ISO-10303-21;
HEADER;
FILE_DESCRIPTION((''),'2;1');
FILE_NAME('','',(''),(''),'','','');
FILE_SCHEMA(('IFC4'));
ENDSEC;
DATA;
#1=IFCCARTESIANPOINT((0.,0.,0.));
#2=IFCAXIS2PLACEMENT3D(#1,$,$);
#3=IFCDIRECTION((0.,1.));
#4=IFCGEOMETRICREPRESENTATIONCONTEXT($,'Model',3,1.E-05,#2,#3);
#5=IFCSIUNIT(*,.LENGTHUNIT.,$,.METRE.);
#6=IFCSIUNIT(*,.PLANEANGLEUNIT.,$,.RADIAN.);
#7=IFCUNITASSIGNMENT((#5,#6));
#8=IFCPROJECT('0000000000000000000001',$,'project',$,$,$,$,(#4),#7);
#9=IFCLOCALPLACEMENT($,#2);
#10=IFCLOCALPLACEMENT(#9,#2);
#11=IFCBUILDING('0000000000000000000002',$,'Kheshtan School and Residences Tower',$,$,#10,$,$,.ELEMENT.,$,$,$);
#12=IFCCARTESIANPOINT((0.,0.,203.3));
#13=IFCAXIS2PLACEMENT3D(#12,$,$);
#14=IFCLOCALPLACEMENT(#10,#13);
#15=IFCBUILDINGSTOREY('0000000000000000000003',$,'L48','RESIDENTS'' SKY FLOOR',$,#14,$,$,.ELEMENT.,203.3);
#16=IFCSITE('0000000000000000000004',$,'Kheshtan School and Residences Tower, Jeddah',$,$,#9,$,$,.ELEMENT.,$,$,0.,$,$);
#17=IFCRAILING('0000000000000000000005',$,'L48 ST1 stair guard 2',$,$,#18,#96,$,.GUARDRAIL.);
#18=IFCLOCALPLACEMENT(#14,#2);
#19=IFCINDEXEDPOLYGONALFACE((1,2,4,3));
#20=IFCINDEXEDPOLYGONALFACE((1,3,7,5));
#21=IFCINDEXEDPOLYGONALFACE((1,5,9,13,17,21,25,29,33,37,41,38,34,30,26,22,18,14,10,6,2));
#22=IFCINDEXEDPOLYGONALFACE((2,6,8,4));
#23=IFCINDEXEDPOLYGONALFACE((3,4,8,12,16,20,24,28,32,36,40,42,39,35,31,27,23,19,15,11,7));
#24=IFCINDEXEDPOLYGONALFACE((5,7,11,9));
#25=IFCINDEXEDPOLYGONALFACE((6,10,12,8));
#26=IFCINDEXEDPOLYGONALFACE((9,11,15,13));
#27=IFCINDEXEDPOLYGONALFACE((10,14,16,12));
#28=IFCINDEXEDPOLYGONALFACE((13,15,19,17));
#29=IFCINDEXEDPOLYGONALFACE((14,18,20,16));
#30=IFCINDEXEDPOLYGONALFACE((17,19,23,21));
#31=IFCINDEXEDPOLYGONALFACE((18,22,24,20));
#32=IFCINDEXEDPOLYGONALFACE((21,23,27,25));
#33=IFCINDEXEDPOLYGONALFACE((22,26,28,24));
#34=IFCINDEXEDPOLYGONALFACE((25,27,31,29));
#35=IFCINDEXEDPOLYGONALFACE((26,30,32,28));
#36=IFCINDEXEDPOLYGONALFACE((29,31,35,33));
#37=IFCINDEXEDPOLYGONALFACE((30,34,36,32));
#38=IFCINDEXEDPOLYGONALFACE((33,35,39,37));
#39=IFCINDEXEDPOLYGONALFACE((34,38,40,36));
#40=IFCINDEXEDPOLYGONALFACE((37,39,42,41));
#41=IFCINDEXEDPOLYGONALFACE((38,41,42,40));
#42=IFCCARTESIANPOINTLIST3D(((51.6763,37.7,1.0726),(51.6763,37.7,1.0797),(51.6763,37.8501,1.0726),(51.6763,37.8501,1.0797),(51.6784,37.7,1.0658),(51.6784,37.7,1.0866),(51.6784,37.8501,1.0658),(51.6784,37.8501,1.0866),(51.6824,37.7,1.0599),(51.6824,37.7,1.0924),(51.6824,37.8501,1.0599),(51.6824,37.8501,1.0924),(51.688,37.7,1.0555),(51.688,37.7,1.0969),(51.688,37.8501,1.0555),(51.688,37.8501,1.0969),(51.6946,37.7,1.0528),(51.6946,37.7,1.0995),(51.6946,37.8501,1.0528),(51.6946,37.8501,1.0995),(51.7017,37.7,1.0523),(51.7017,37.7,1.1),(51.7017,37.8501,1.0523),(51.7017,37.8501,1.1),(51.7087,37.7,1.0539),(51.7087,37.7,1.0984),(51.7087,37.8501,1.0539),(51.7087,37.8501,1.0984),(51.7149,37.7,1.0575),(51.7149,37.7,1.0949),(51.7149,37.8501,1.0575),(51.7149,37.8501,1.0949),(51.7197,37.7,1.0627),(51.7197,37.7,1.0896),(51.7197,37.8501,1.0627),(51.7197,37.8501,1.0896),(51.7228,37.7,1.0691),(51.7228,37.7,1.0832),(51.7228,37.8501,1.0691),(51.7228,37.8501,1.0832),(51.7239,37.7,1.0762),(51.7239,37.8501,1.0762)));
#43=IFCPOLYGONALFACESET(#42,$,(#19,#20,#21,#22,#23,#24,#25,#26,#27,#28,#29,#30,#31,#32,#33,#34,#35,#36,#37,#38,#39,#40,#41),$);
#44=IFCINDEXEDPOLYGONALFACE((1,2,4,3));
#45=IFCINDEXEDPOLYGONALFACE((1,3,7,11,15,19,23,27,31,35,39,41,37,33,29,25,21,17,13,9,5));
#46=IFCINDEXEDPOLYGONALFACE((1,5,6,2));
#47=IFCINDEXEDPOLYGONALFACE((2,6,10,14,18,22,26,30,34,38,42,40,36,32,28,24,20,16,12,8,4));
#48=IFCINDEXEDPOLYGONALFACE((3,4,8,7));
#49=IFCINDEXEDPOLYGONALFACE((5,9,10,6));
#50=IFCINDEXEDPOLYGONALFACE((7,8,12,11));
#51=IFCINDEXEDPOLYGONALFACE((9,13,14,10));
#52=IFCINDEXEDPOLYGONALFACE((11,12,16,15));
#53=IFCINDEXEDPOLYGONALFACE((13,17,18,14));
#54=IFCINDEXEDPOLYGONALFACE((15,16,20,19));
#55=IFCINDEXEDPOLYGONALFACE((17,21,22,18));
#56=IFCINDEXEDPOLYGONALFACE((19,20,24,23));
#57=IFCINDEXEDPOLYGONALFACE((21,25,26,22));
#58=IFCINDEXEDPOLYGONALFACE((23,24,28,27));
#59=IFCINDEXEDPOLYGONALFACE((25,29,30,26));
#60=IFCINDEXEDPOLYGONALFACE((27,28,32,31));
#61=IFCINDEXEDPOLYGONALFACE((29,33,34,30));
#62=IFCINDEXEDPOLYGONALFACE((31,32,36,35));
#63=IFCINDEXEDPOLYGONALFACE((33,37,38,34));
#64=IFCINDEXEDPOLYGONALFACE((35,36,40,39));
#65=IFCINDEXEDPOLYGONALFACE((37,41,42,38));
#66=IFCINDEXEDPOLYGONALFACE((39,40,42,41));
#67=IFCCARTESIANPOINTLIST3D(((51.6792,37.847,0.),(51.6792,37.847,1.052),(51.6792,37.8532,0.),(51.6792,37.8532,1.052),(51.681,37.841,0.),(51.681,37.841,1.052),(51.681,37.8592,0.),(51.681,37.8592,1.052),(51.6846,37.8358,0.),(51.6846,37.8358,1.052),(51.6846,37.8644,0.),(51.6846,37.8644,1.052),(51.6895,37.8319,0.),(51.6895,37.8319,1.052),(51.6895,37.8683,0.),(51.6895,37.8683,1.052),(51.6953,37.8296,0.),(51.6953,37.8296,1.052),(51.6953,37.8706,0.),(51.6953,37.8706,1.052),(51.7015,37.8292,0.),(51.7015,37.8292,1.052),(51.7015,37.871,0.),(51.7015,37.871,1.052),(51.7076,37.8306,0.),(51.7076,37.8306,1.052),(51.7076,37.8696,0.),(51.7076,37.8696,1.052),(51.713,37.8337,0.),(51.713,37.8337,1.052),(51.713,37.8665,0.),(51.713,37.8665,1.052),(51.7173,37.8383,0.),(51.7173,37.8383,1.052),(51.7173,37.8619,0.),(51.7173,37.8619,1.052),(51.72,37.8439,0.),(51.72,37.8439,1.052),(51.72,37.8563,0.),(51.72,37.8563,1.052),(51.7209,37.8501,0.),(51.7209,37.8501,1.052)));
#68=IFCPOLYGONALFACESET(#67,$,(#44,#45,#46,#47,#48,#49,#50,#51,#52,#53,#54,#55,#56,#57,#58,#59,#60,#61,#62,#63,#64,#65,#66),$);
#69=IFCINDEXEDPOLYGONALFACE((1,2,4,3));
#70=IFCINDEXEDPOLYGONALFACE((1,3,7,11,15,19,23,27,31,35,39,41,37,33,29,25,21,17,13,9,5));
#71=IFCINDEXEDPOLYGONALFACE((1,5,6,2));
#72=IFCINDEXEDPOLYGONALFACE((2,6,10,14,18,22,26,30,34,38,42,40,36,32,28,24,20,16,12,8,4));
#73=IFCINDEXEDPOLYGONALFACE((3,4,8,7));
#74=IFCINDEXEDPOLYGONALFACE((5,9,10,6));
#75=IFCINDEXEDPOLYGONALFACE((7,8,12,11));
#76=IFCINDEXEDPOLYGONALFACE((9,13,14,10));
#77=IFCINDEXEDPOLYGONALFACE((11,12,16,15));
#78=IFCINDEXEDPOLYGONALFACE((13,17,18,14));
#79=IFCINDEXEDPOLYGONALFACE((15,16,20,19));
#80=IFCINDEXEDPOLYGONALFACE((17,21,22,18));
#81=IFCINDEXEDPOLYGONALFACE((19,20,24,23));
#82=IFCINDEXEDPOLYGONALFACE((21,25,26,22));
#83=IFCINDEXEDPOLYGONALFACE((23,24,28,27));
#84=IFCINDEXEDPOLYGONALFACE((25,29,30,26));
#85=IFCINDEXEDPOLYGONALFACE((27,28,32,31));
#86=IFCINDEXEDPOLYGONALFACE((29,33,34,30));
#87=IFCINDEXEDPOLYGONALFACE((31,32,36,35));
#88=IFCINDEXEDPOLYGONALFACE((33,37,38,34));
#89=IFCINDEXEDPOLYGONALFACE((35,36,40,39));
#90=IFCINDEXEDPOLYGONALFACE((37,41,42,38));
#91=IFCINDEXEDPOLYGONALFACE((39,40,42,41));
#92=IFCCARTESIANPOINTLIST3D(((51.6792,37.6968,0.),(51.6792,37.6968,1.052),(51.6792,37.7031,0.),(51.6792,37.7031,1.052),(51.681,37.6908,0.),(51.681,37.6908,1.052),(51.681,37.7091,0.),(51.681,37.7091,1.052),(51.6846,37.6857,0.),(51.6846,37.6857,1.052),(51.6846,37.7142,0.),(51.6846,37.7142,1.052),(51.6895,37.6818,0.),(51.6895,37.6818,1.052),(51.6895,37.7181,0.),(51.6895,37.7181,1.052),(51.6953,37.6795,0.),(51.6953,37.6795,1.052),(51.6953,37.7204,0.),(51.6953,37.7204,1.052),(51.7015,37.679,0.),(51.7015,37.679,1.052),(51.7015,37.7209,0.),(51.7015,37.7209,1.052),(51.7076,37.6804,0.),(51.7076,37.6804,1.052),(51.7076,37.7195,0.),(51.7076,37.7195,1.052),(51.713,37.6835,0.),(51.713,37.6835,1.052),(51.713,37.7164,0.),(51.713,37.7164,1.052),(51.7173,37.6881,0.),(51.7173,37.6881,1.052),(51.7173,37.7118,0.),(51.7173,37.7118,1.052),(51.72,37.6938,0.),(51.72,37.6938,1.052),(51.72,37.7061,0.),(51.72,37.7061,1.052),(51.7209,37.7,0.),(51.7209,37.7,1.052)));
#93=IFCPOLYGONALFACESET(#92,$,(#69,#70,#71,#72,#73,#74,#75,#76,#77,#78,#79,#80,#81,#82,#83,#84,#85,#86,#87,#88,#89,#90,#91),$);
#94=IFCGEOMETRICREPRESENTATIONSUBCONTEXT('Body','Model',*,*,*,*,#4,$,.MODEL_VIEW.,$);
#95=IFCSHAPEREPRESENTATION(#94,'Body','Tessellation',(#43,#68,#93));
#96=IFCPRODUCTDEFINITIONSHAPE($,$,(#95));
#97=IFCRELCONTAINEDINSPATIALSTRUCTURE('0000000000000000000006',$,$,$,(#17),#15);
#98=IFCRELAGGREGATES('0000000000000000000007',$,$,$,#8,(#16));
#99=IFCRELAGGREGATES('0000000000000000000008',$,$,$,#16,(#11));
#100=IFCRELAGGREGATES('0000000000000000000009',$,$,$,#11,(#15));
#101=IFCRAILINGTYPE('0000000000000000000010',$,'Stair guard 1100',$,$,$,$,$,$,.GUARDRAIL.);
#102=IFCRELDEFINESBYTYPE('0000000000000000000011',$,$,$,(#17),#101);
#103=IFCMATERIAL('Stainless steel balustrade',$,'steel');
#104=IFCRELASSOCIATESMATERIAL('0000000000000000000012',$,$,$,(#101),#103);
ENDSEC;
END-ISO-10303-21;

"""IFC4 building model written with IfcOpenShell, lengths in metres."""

from ifc_helpers import new_model, si_unit, direction, frame, origin, origin_2d, place, context, subcontext, project, spatial, circle, extrude, material, type_object, element, save


model = new_model("IFC4")

# Units and contexts
model_context = context("Model", 3, precision=1e-05, world=origin(), true_north=direction((0.0, 1.0)))
body_context = subcontext(model_context, "Body", "Model", "MODEL_VIEW")
ifc_project = project(units=[si_unit("LENGTHUNIT", "METRE"), si_unit("PLANEANGLEUNIT", "RADIAN")], contexts=[model_context])

# Site, building, storey
site_placement = place(None, origin())
site = spatial("IfcSite", under=ifc_project, at=site_placement, Name="Kheshtan School and Residences Tower, Jeddah", CompositionType="ELEMENT", RefElevation=0.0)
building_placement = place(site_placement, origin())
building = spatial("IfcBuilding", under=site, at=building_placement, Name="Kheshtan School and Residences Tower", CompositionType="ELEMENT")
storey_placement = place(building_placement, frame((0.0, 0.0, 203.3)))
storey = spatial("IfcBuildingStorey", under=building, at=storey_placement, Name="L48", Description="RESIDENTS' SKY FLOOR", CompositionType="ELEMENT", Elevation=203.3)

# Railing
ifc_material_1 = material(Name="Stainless steel balustrade", Category="steel")
railing_type_1 = type_object("IfcRailingType", Name="Stair guard 1100", PredefinedType="GUARDRAIL", material=ifc_material_1)
railing_1_placement = place(storey_placement, frame((51.7, 37.8501, 0.0)))
element("IfcRailing", 1, at=railing_1_placement, inside=storey, type_object=railing_type_1, Name="L48 ST1 stair guard 2", PredefinedType="GUARDRAIL", context=body_context, shape_type="SweptSolid", body=[
    extrude(circle(Radius=0.0239, at=origin_2d()), frame((0.0, 0.0, 1.0762), z_axis=(0.0, -1.0, 0.0), x_axis=(1.0, 0.0, 0.0)), (0.0, 0.0, 1.0), 0.1501),
    extrude(circle(Radius=0.021, at=origin_2d()), origin(), (0.0, 0.0, 1.0), 1.052),
    extrude(circle(Radius=0.021, at=origin_2d()), frame((0.0, -0.1501, 0.0)), (0.0, 0.0, 1.0), 1.052),
])

save(model, "model.ifc")
